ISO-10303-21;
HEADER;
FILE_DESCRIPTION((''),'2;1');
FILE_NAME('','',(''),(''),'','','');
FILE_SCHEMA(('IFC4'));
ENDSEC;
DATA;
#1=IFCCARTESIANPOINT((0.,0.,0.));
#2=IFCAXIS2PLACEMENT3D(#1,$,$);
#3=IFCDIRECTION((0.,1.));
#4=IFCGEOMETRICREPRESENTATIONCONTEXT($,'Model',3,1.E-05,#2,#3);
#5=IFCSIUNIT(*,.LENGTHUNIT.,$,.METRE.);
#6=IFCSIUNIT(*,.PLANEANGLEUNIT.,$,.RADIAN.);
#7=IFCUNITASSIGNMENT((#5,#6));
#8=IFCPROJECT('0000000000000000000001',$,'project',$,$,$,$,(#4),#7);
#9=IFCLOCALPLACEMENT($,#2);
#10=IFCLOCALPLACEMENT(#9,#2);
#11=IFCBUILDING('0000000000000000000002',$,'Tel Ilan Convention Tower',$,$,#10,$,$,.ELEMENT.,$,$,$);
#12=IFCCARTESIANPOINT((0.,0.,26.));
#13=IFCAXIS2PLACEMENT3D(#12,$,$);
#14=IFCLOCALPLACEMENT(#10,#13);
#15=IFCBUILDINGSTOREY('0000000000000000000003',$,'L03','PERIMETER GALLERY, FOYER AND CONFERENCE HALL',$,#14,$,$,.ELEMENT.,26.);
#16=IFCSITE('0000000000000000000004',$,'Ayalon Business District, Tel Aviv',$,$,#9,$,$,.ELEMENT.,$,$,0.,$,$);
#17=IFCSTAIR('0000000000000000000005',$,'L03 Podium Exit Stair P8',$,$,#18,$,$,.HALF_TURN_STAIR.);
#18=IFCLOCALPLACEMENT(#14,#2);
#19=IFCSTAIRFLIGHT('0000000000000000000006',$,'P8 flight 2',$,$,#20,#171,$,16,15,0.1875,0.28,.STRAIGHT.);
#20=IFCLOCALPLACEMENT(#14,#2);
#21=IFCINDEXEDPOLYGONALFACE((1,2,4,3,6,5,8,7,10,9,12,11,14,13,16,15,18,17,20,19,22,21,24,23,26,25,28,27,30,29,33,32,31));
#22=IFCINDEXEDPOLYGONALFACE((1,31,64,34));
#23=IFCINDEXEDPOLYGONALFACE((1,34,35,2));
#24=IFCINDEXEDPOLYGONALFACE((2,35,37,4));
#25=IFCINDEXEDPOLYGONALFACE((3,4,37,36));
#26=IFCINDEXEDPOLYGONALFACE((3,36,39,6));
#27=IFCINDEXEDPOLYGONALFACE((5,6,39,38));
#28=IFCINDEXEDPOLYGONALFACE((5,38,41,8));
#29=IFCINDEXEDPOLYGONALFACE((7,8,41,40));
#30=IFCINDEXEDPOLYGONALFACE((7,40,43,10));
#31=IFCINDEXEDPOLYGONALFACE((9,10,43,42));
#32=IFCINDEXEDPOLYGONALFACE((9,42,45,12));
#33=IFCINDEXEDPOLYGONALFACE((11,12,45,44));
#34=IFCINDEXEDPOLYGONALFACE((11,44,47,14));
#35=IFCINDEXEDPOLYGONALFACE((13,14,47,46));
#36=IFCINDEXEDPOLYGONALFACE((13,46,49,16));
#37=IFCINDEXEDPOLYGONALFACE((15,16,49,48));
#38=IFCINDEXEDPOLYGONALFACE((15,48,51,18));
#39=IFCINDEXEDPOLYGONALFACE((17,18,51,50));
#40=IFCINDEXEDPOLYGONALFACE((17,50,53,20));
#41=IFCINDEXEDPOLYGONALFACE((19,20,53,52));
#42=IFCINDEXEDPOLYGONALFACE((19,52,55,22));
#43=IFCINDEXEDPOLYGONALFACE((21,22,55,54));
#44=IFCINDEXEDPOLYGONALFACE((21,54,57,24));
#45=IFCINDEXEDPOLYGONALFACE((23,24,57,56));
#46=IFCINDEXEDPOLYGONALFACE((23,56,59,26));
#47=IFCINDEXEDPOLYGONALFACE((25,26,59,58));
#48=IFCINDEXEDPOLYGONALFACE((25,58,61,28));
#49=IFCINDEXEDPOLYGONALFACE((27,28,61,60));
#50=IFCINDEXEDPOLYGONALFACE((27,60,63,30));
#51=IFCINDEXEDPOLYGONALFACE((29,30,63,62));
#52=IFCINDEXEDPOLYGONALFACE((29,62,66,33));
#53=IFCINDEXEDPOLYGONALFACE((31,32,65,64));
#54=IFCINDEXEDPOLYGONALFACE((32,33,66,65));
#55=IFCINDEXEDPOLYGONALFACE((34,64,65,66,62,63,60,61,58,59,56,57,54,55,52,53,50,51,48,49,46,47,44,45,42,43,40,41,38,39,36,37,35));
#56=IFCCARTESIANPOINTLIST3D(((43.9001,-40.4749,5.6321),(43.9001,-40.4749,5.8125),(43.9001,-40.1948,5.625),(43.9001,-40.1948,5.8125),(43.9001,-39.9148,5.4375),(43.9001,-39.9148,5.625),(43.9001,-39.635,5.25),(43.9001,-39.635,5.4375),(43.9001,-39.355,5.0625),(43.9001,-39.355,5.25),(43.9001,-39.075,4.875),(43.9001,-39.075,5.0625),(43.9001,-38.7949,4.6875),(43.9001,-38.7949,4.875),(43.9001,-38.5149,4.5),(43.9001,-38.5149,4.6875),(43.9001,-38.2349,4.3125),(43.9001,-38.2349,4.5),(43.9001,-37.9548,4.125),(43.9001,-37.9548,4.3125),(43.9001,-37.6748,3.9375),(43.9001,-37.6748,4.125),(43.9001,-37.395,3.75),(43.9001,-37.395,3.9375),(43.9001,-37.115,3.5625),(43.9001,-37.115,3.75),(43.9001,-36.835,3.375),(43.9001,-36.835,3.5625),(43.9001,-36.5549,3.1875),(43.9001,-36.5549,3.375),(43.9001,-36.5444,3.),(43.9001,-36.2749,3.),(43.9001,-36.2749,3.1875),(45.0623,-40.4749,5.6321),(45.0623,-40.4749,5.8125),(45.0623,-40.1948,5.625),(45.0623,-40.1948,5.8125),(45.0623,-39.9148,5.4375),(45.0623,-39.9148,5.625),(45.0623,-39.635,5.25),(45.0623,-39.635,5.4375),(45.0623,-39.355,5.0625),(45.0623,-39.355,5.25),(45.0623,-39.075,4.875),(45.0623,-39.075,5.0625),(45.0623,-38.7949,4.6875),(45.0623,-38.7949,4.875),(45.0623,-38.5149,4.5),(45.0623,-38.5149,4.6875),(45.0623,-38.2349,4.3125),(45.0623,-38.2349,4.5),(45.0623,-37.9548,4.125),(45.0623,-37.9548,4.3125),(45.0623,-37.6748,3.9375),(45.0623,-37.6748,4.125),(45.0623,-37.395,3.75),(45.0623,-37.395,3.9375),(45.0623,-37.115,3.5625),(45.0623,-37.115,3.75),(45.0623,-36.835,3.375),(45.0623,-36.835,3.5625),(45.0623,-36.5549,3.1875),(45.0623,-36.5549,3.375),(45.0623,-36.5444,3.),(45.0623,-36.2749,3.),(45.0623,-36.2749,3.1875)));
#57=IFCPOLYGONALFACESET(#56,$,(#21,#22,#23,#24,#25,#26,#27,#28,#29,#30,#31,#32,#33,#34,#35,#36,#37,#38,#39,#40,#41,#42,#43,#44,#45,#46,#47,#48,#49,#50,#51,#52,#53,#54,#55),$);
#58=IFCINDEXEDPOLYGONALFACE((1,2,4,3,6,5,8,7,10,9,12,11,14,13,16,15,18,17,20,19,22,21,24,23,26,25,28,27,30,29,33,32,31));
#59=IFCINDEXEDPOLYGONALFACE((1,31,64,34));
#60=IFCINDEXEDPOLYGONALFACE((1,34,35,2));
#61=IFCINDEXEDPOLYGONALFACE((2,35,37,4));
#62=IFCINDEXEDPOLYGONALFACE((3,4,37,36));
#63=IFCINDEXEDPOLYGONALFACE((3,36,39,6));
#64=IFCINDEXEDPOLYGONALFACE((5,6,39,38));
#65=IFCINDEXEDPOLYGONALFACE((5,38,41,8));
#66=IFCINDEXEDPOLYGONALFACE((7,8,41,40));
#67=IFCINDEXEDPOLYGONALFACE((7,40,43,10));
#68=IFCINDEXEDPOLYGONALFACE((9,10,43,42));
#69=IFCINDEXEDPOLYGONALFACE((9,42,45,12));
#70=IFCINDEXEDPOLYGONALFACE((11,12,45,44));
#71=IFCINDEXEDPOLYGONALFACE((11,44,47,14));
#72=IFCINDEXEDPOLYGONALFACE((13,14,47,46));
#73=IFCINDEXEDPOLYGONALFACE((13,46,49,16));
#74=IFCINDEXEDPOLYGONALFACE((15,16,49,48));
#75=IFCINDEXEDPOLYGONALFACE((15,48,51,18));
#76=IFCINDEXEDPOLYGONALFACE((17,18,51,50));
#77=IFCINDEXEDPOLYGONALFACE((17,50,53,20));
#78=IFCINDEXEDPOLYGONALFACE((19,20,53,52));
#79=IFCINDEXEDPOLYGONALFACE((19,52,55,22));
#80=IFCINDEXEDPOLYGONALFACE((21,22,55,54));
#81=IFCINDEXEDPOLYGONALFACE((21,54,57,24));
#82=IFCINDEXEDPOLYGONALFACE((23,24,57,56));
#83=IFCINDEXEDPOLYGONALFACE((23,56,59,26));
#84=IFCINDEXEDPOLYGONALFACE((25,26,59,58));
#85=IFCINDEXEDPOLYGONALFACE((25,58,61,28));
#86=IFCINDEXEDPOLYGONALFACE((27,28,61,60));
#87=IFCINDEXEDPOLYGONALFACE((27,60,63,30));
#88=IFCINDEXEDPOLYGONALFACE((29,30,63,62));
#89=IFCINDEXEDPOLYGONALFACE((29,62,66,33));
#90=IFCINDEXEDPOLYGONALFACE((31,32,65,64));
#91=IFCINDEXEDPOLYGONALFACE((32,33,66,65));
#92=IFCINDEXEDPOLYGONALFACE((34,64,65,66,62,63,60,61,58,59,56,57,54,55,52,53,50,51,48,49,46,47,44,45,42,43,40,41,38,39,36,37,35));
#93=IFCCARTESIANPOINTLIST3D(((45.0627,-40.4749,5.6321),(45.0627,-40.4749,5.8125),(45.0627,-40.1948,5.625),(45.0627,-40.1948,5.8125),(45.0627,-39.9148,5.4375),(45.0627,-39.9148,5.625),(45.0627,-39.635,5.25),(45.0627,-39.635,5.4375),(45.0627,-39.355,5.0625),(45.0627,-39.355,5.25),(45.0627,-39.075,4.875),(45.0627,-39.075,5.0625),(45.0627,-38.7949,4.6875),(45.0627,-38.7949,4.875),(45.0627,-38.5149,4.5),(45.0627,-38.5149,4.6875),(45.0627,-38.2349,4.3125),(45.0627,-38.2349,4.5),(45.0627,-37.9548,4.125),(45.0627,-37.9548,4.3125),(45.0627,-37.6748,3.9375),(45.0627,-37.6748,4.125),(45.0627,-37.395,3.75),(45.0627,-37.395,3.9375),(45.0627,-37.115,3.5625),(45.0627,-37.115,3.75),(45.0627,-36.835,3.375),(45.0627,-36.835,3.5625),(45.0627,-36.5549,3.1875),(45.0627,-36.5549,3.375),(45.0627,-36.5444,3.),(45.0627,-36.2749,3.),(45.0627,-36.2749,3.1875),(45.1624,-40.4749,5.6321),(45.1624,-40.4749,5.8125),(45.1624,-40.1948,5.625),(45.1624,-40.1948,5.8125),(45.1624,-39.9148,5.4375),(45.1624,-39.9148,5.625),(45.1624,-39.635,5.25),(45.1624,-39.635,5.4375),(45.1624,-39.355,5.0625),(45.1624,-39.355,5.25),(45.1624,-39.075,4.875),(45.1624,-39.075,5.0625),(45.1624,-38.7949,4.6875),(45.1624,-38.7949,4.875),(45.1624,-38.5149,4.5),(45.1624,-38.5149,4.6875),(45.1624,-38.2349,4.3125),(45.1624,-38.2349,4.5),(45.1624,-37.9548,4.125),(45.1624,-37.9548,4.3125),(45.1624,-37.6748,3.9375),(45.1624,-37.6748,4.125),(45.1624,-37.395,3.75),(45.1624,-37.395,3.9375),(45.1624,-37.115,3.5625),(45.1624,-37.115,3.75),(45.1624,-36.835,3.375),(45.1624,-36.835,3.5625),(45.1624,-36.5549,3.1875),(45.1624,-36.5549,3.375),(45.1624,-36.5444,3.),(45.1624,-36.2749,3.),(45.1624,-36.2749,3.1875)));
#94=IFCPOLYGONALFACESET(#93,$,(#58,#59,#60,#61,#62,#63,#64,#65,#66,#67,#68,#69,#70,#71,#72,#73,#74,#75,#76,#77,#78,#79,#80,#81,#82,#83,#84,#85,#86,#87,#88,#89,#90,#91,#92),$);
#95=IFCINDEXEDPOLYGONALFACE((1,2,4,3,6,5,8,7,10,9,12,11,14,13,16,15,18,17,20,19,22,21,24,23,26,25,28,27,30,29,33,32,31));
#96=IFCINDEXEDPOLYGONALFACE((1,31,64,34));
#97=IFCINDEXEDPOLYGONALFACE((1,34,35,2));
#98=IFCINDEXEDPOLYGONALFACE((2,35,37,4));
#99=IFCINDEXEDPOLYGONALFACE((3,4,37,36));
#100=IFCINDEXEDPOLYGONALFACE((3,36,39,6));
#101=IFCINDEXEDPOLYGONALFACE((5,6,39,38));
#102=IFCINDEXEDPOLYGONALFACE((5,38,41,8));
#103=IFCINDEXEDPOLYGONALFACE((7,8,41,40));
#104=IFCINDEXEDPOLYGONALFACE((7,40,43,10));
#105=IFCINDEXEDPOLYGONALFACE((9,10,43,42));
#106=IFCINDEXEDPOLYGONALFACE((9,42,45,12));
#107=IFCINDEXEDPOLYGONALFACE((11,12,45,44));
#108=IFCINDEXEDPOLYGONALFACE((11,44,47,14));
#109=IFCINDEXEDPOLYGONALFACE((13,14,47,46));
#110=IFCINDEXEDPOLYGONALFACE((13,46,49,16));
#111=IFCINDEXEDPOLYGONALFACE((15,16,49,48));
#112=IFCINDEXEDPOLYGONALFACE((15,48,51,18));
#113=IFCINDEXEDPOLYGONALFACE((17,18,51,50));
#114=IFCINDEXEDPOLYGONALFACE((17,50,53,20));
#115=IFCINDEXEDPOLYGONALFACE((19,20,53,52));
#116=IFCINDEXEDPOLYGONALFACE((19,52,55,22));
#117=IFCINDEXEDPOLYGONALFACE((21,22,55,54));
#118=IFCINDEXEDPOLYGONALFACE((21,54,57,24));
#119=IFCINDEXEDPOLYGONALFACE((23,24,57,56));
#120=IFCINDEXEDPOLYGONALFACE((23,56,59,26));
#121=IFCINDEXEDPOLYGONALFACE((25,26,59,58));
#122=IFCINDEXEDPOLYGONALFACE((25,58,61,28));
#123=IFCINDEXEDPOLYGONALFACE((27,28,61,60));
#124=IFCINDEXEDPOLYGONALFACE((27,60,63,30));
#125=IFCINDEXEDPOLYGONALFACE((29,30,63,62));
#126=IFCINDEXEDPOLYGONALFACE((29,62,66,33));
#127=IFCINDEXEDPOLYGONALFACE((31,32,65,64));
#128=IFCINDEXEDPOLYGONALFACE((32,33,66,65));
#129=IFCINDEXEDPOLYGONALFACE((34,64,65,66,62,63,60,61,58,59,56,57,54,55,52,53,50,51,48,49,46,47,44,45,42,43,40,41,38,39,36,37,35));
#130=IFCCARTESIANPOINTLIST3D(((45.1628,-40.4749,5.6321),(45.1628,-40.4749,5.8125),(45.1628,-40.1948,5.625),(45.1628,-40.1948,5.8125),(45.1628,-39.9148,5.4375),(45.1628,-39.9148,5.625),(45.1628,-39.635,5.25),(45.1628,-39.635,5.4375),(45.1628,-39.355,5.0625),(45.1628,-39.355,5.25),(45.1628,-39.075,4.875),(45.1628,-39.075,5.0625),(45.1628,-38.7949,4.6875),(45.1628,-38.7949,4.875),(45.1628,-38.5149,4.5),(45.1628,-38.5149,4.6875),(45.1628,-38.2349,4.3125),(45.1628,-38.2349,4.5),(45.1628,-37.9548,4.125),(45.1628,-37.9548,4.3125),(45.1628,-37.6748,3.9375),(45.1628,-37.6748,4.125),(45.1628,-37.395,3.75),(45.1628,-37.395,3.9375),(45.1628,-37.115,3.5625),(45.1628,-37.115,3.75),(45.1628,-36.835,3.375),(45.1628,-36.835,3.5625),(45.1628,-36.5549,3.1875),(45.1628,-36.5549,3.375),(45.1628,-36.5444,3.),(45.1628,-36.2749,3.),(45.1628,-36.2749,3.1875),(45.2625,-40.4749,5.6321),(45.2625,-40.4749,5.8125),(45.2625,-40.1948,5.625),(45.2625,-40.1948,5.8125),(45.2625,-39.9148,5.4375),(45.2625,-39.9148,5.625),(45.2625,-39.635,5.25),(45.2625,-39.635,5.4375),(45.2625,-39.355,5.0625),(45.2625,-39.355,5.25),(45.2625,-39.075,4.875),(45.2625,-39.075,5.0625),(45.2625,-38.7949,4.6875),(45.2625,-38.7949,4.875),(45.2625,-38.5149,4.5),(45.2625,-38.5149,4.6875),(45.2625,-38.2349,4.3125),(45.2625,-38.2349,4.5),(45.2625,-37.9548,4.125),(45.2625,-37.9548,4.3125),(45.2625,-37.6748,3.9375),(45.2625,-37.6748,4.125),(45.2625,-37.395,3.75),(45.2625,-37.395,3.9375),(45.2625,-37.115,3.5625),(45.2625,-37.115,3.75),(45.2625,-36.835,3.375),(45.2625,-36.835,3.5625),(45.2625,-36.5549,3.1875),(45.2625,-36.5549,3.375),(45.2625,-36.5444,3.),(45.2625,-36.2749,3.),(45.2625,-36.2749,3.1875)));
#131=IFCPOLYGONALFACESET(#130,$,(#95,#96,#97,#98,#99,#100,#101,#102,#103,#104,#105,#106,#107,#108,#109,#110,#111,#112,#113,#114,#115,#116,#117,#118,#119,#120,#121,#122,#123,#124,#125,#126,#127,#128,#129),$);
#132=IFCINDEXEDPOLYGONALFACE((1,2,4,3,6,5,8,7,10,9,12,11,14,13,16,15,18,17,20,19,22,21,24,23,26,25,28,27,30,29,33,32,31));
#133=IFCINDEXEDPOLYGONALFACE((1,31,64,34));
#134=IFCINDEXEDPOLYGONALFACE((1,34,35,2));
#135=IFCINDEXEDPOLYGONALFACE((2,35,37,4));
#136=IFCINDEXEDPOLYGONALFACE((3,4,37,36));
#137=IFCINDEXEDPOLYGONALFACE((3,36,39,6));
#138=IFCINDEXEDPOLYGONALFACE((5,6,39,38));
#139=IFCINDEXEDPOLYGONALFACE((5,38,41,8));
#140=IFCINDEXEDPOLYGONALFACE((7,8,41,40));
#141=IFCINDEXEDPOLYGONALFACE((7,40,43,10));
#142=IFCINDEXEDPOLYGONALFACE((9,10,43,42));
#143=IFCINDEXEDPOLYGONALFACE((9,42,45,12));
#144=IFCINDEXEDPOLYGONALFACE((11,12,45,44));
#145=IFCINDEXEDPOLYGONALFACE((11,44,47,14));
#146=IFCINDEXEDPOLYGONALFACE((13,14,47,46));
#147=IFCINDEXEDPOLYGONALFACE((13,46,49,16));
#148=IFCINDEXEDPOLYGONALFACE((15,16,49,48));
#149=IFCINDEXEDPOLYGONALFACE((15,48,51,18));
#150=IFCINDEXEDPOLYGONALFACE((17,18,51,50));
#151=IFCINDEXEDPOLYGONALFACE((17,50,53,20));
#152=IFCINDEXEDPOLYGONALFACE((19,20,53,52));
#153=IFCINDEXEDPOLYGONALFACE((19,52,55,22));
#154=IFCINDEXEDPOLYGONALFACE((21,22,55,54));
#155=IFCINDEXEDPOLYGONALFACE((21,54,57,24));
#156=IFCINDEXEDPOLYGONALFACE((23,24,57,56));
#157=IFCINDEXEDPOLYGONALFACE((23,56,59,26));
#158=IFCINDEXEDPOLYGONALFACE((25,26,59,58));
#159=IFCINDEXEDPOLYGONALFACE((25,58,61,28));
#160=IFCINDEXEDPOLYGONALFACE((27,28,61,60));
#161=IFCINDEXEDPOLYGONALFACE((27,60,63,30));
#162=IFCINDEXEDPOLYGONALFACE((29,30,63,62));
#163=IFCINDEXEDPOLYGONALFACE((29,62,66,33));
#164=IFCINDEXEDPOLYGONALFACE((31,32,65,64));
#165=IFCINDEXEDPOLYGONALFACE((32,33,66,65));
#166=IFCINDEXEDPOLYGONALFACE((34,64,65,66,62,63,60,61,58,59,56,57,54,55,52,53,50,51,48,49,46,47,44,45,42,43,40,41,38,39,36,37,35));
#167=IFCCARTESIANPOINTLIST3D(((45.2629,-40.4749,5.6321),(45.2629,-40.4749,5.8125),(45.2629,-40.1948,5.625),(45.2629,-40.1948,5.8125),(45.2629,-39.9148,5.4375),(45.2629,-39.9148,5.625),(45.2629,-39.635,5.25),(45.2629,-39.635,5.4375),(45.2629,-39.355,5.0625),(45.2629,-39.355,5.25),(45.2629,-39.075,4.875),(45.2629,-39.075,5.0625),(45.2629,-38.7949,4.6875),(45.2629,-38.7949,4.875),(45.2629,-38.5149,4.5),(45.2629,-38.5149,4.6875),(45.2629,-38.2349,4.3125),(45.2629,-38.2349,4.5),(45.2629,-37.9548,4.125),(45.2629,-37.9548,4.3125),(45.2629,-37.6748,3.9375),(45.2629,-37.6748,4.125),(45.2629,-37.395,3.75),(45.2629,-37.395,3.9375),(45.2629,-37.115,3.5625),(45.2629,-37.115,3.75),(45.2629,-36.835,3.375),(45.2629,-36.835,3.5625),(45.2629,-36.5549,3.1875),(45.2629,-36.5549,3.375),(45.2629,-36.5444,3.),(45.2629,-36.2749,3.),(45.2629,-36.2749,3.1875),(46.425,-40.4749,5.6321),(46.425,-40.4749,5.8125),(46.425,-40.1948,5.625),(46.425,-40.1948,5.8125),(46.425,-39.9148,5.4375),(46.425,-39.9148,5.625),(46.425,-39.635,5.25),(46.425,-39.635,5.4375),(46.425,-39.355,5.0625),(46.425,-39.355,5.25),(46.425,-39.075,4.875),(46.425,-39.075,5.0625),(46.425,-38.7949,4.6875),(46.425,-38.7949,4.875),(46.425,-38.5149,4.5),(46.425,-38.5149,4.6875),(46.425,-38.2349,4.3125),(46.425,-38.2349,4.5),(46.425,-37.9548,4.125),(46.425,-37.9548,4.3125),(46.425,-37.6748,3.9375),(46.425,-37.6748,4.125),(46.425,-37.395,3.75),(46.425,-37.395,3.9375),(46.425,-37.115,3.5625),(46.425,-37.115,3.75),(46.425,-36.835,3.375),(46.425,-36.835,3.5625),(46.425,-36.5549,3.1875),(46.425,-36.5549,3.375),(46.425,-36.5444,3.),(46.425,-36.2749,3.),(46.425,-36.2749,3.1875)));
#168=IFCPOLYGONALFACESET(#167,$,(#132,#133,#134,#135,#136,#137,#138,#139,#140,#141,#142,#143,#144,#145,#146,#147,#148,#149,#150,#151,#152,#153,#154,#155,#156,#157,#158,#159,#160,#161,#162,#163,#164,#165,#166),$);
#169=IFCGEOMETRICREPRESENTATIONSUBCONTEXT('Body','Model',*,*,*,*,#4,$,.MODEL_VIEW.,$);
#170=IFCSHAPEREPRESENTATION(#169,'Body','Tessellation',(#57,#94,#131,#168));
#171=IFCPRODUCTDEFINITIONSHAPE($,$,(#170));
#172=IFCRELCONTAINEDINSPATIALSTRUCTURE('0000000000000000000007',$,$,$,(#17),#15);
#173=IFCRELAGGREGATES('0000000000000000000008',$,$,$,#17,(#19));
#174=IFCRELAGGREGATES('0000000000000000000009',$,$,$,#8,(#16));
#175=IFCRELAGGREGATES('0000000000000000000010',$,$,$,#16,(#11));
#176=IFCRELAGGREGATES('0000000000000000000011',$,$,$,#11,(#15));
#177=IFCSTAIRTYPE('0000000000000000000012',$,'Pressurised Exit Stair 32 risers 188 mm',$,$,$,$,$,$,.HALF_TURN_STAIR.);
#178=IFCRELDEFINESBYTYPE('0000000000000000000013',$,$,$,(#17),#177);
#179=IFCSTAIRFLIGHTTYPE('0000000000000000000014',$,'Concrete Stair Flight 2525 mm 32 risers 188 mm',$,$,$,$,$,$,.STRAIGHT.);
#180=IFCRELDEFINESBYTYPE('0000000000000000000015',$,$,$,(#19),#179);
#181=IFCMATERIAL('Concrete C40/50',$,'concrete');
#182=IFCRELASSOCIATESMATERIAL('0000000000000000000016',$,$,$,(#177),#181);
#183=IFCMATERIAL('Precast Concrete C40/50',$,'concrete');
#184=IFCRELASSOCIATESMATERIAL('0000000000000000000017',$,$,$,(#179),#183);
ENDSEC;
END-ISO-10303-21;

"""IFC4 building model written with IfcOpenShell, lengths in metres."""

from ifc_helpers import new_model, si_unit, direction, frame, origin, place, context, subcontext, project, spatial, polyline, outline, extrude, material, type_object, element, aggregate, save


model = new_model("IFC4")

# Units and contexts
model_context = context("Model", 3, precision=1e-05, world=origin(), true_north=direction((0.0, 1.0)))
body_context = subcontext(model_context, "Body", "Model", "MODEL_VIEW")
ifc_project = project(units=[si_unit("LENGTHUNIT", "METRE"), si_unit("PLANEANGLEUNIT", "RADIAN")], contexts=[model_context])

# Site, building, storey
site_placement = place(None, origin())
site = spatial("IfcSite", under=ifc_project, at=site_placement, Name="Ayalon Business District, Tel Aviv", CompositionType="ELEMENT", RefElevation=0.0)
building_placement = place(site_placement, origin())
building = spatial("IfcBuilding", under=site, at=building_placement, Name="Tel Ilan Convention Tower", CompositionType="ELEMENT")
storey_placement = place(building_placement, frame((0.0, 0.0, 26.0)))
storey = spatial("IfcBuildingStorey", under=building, at=storey_placement, Name="L03", Description="PERIMETER GALLERY, FOYER AND CONFERENCE HALL", CompositionType="ELEMENT", Elevation=26.0)

# Stair, stair flight
ifc_material_1 = material(Name="Concrete C40/50", Category="concrete")
stair_type = type_object("IfcStairType", Name="Pressurised Exit Stair 32 risers 188 mm", PredefinedType="HALF_TURN_STAIR", material=ifc_material_1)
ifc_material_2 = material(Name="Precast Concrete C40/50", Category="concrete")
stair_flight_type = type_object("IfcStairFlightType", Name="Concrete Stair Flight 2525 mm 32 risers 188 mm", PredefinedType="STRAIGHT", material=ifc_material_2)
stair_1_placement = place(storey_placement, origin())
stair_1 = element("IfcStair", 1, at=stair_1_placement, inside=storey, type_object=stair_type, Name="L03 Podium Exit Stair P8", PredefinedType="HALF_TURN_STAIR")
stair_flight_1_placement = place(storey_placement, frame((45.1626, -36.2749, 3.0), z_axis=(0.0, 0.0, 1.0), x_axis=(0.0, -1.0, 0.0)))
stair_flight_1 = element("IfcStairFlight", 2, at=stair_flight_1_placement, type_object=stair_flight_type, Name="P8 flight 2", NumberOfRisers=16, NumberOfTreads=15, PredefinedType="STRAIGHT", RiserHeight=0.1875, TreadLength=0.28, context=body_context, shape_type="SweptSolid", body=[
    extrude(outline(polyline([(0.0, 0.0), (0.0, 0.1875), (0.28, 0.1875), (0.28, 0.375), (0.5601, 0.375), (0.5601, 0.5625), (0.8401, 0.5625), (0.8401, 0.75), (1.1201, 0.75), (1.1201, 0.9375), (1.3999, 0.9375), (1.3999, 1.125), (1.6799, 1.125), (1.6799, 1.3125), (1.96, 1.3125), (1.96, 1.5), (2.24, 1.5), (2.24, 1.6875), (2.52, 1.6875), (2.52, 1.875), (2.8, 1.875), (2.8, 2.0625), (3.0801, 2.0625), (3.0801, 2.25), (3.3601, 2.25), (3.3601, 2.4375), (3.6399, 2.4375), (3.6399, 2.625), (3.9199, 2.625), (3.9199, 2.8125), (4.2, 2.8125), (4.2, 3.0), (4.2, 2.6321), (0.2695, 0.0), (0.0, 0.0)])), frame((0.0, -0.1003, 0.0), z_axis=(0.0, -1.0, 0.0), x_axis=(1.0, 0.0, 0.0)), (0.0, 0.0, 1.0), 1.1621),
    extrude(outline(polyline([(0.0, 0.0), (0.0, 0.1875), (0.28, 0.1875), (0.28, 0.375), (0.5601, 0.375), (0.5601, 0.5625), (0.8401, 0.5625), (0.8401, 0.75), (1.1201, 0.75), (1.1201, 0.9375), (1.3999, 0.9375), (1.3999, 1.125), (1.6799, 1.125), (1.6799, 1.3125), (1.96, 1.3125), (1.96, 1.5), (2.24, 1.5), (2.24, 1.6875), (2.52, 1.6875), (2.52, 1.875), (2.8, 1.875), (2.8, 2.0625), (3.0801, 2.0625), (3.0801, 2.25), (3.3601, 2.25), (3.3601, 2.4375), (3.6399, 2.4375), (3.6399, 2.625), (3.9199, 2.625), (3.9199, 2.8125), (4.2, 2.8125), (4.2, 3.0), (4.2, 2.6321), (0.2695, 0.0), (0.0, 0.0)])), frame((0.0, -0.0002, 0.0), z_axis=(0.0, -1.0, 0.0), x_axis=(1.0, 0.0, 0.0)), (0.0, 0.0, 1.0), 0.0996),
    extrude(outline(polyline([(0.0, 0.0), (0.0, 0.1875), (0.28, 0.1875), (0.28, 0.375), (0.5601, 0.375), (0.5601, 0.5625), (0.8401, 0.5625), (0.8401, 0.75), (1.1201, 0.75), (1.1201, 0.9375), (1.3999, 0.9375), (1.3999, 1.125), (1.6799, 1.125), (1.6799, 1.3125), (1.96, 1.3125), (1.96, 1.5), (2.24, 1.5), (2.24, 1.6875), (2.52, 1.6875), (2.52, 1.875), (2.8, 1.875), (2.8, 2.0625), (3.0801, 2.0625), (3.0801, 2.25), (3.3601, 2.25), (3.3601, 2.4375), (3.6399, 2.4375), (3.6399, 2.625), (3.9199, 2.625), (3.9199, 2.8125), (4.2, 2.8125), (4.2, 3.0), (4.2, 2.6321), (0.2695, 0.0), (0.0, 0.0)])), frame((0.0, 0.0999, 0.0), z_axis=(0.0, -1.0, 0.0), x_axis=(1.0, 0.0, 0.0)), (0.0, 0.0, 1.0), 0.0996),
    extrude(outline(polyline([(0.0, 0.0), (0.0, 0.1875), (0.28, 0.1875), (0.28, 0.375), (0.5601, 0.375), (0.5601, 0.5625), (0.8401, 0.5625), (0.8401, 0.75), (1.1201, 0.75), (1.1201, 0.9375), (1.3999, 0.9375), (1.3999, 1.125), (1.6799, 1.125), (1.6799, 1.3125), (1.96, 1.3125), (1.96, 1.5), (2.24, 1.5), (2.24, 1.6875), (2.52, 1.6875), (2.52, 1.875), (2.8, 1.875), (2.8, 2.0625), (3.0801, 2.0625), (3.0801, 2.25), (3.3601, 2.25), (3.3601, 2.4375), (3.6399, 2.4375), (3.6399, 2.625), (3.9199, 2.625), (3.9199, 2.8125), (4.2, 2.8125), (4.2, 3.0), (4.2, 2.6321), (0.2695, 0.0), (0.0, 0.0)])), frame((0.0, 1.2625, 0.0), z_axis=(0.0, -1.0, 0.0), x_axis=(1.0, 0.0, 0.0)), (0.0, 0.0, 1.0), 1.1621),
])
aggregate(stair_1, [stair_flight_1])

save(model, "model.ifc")
